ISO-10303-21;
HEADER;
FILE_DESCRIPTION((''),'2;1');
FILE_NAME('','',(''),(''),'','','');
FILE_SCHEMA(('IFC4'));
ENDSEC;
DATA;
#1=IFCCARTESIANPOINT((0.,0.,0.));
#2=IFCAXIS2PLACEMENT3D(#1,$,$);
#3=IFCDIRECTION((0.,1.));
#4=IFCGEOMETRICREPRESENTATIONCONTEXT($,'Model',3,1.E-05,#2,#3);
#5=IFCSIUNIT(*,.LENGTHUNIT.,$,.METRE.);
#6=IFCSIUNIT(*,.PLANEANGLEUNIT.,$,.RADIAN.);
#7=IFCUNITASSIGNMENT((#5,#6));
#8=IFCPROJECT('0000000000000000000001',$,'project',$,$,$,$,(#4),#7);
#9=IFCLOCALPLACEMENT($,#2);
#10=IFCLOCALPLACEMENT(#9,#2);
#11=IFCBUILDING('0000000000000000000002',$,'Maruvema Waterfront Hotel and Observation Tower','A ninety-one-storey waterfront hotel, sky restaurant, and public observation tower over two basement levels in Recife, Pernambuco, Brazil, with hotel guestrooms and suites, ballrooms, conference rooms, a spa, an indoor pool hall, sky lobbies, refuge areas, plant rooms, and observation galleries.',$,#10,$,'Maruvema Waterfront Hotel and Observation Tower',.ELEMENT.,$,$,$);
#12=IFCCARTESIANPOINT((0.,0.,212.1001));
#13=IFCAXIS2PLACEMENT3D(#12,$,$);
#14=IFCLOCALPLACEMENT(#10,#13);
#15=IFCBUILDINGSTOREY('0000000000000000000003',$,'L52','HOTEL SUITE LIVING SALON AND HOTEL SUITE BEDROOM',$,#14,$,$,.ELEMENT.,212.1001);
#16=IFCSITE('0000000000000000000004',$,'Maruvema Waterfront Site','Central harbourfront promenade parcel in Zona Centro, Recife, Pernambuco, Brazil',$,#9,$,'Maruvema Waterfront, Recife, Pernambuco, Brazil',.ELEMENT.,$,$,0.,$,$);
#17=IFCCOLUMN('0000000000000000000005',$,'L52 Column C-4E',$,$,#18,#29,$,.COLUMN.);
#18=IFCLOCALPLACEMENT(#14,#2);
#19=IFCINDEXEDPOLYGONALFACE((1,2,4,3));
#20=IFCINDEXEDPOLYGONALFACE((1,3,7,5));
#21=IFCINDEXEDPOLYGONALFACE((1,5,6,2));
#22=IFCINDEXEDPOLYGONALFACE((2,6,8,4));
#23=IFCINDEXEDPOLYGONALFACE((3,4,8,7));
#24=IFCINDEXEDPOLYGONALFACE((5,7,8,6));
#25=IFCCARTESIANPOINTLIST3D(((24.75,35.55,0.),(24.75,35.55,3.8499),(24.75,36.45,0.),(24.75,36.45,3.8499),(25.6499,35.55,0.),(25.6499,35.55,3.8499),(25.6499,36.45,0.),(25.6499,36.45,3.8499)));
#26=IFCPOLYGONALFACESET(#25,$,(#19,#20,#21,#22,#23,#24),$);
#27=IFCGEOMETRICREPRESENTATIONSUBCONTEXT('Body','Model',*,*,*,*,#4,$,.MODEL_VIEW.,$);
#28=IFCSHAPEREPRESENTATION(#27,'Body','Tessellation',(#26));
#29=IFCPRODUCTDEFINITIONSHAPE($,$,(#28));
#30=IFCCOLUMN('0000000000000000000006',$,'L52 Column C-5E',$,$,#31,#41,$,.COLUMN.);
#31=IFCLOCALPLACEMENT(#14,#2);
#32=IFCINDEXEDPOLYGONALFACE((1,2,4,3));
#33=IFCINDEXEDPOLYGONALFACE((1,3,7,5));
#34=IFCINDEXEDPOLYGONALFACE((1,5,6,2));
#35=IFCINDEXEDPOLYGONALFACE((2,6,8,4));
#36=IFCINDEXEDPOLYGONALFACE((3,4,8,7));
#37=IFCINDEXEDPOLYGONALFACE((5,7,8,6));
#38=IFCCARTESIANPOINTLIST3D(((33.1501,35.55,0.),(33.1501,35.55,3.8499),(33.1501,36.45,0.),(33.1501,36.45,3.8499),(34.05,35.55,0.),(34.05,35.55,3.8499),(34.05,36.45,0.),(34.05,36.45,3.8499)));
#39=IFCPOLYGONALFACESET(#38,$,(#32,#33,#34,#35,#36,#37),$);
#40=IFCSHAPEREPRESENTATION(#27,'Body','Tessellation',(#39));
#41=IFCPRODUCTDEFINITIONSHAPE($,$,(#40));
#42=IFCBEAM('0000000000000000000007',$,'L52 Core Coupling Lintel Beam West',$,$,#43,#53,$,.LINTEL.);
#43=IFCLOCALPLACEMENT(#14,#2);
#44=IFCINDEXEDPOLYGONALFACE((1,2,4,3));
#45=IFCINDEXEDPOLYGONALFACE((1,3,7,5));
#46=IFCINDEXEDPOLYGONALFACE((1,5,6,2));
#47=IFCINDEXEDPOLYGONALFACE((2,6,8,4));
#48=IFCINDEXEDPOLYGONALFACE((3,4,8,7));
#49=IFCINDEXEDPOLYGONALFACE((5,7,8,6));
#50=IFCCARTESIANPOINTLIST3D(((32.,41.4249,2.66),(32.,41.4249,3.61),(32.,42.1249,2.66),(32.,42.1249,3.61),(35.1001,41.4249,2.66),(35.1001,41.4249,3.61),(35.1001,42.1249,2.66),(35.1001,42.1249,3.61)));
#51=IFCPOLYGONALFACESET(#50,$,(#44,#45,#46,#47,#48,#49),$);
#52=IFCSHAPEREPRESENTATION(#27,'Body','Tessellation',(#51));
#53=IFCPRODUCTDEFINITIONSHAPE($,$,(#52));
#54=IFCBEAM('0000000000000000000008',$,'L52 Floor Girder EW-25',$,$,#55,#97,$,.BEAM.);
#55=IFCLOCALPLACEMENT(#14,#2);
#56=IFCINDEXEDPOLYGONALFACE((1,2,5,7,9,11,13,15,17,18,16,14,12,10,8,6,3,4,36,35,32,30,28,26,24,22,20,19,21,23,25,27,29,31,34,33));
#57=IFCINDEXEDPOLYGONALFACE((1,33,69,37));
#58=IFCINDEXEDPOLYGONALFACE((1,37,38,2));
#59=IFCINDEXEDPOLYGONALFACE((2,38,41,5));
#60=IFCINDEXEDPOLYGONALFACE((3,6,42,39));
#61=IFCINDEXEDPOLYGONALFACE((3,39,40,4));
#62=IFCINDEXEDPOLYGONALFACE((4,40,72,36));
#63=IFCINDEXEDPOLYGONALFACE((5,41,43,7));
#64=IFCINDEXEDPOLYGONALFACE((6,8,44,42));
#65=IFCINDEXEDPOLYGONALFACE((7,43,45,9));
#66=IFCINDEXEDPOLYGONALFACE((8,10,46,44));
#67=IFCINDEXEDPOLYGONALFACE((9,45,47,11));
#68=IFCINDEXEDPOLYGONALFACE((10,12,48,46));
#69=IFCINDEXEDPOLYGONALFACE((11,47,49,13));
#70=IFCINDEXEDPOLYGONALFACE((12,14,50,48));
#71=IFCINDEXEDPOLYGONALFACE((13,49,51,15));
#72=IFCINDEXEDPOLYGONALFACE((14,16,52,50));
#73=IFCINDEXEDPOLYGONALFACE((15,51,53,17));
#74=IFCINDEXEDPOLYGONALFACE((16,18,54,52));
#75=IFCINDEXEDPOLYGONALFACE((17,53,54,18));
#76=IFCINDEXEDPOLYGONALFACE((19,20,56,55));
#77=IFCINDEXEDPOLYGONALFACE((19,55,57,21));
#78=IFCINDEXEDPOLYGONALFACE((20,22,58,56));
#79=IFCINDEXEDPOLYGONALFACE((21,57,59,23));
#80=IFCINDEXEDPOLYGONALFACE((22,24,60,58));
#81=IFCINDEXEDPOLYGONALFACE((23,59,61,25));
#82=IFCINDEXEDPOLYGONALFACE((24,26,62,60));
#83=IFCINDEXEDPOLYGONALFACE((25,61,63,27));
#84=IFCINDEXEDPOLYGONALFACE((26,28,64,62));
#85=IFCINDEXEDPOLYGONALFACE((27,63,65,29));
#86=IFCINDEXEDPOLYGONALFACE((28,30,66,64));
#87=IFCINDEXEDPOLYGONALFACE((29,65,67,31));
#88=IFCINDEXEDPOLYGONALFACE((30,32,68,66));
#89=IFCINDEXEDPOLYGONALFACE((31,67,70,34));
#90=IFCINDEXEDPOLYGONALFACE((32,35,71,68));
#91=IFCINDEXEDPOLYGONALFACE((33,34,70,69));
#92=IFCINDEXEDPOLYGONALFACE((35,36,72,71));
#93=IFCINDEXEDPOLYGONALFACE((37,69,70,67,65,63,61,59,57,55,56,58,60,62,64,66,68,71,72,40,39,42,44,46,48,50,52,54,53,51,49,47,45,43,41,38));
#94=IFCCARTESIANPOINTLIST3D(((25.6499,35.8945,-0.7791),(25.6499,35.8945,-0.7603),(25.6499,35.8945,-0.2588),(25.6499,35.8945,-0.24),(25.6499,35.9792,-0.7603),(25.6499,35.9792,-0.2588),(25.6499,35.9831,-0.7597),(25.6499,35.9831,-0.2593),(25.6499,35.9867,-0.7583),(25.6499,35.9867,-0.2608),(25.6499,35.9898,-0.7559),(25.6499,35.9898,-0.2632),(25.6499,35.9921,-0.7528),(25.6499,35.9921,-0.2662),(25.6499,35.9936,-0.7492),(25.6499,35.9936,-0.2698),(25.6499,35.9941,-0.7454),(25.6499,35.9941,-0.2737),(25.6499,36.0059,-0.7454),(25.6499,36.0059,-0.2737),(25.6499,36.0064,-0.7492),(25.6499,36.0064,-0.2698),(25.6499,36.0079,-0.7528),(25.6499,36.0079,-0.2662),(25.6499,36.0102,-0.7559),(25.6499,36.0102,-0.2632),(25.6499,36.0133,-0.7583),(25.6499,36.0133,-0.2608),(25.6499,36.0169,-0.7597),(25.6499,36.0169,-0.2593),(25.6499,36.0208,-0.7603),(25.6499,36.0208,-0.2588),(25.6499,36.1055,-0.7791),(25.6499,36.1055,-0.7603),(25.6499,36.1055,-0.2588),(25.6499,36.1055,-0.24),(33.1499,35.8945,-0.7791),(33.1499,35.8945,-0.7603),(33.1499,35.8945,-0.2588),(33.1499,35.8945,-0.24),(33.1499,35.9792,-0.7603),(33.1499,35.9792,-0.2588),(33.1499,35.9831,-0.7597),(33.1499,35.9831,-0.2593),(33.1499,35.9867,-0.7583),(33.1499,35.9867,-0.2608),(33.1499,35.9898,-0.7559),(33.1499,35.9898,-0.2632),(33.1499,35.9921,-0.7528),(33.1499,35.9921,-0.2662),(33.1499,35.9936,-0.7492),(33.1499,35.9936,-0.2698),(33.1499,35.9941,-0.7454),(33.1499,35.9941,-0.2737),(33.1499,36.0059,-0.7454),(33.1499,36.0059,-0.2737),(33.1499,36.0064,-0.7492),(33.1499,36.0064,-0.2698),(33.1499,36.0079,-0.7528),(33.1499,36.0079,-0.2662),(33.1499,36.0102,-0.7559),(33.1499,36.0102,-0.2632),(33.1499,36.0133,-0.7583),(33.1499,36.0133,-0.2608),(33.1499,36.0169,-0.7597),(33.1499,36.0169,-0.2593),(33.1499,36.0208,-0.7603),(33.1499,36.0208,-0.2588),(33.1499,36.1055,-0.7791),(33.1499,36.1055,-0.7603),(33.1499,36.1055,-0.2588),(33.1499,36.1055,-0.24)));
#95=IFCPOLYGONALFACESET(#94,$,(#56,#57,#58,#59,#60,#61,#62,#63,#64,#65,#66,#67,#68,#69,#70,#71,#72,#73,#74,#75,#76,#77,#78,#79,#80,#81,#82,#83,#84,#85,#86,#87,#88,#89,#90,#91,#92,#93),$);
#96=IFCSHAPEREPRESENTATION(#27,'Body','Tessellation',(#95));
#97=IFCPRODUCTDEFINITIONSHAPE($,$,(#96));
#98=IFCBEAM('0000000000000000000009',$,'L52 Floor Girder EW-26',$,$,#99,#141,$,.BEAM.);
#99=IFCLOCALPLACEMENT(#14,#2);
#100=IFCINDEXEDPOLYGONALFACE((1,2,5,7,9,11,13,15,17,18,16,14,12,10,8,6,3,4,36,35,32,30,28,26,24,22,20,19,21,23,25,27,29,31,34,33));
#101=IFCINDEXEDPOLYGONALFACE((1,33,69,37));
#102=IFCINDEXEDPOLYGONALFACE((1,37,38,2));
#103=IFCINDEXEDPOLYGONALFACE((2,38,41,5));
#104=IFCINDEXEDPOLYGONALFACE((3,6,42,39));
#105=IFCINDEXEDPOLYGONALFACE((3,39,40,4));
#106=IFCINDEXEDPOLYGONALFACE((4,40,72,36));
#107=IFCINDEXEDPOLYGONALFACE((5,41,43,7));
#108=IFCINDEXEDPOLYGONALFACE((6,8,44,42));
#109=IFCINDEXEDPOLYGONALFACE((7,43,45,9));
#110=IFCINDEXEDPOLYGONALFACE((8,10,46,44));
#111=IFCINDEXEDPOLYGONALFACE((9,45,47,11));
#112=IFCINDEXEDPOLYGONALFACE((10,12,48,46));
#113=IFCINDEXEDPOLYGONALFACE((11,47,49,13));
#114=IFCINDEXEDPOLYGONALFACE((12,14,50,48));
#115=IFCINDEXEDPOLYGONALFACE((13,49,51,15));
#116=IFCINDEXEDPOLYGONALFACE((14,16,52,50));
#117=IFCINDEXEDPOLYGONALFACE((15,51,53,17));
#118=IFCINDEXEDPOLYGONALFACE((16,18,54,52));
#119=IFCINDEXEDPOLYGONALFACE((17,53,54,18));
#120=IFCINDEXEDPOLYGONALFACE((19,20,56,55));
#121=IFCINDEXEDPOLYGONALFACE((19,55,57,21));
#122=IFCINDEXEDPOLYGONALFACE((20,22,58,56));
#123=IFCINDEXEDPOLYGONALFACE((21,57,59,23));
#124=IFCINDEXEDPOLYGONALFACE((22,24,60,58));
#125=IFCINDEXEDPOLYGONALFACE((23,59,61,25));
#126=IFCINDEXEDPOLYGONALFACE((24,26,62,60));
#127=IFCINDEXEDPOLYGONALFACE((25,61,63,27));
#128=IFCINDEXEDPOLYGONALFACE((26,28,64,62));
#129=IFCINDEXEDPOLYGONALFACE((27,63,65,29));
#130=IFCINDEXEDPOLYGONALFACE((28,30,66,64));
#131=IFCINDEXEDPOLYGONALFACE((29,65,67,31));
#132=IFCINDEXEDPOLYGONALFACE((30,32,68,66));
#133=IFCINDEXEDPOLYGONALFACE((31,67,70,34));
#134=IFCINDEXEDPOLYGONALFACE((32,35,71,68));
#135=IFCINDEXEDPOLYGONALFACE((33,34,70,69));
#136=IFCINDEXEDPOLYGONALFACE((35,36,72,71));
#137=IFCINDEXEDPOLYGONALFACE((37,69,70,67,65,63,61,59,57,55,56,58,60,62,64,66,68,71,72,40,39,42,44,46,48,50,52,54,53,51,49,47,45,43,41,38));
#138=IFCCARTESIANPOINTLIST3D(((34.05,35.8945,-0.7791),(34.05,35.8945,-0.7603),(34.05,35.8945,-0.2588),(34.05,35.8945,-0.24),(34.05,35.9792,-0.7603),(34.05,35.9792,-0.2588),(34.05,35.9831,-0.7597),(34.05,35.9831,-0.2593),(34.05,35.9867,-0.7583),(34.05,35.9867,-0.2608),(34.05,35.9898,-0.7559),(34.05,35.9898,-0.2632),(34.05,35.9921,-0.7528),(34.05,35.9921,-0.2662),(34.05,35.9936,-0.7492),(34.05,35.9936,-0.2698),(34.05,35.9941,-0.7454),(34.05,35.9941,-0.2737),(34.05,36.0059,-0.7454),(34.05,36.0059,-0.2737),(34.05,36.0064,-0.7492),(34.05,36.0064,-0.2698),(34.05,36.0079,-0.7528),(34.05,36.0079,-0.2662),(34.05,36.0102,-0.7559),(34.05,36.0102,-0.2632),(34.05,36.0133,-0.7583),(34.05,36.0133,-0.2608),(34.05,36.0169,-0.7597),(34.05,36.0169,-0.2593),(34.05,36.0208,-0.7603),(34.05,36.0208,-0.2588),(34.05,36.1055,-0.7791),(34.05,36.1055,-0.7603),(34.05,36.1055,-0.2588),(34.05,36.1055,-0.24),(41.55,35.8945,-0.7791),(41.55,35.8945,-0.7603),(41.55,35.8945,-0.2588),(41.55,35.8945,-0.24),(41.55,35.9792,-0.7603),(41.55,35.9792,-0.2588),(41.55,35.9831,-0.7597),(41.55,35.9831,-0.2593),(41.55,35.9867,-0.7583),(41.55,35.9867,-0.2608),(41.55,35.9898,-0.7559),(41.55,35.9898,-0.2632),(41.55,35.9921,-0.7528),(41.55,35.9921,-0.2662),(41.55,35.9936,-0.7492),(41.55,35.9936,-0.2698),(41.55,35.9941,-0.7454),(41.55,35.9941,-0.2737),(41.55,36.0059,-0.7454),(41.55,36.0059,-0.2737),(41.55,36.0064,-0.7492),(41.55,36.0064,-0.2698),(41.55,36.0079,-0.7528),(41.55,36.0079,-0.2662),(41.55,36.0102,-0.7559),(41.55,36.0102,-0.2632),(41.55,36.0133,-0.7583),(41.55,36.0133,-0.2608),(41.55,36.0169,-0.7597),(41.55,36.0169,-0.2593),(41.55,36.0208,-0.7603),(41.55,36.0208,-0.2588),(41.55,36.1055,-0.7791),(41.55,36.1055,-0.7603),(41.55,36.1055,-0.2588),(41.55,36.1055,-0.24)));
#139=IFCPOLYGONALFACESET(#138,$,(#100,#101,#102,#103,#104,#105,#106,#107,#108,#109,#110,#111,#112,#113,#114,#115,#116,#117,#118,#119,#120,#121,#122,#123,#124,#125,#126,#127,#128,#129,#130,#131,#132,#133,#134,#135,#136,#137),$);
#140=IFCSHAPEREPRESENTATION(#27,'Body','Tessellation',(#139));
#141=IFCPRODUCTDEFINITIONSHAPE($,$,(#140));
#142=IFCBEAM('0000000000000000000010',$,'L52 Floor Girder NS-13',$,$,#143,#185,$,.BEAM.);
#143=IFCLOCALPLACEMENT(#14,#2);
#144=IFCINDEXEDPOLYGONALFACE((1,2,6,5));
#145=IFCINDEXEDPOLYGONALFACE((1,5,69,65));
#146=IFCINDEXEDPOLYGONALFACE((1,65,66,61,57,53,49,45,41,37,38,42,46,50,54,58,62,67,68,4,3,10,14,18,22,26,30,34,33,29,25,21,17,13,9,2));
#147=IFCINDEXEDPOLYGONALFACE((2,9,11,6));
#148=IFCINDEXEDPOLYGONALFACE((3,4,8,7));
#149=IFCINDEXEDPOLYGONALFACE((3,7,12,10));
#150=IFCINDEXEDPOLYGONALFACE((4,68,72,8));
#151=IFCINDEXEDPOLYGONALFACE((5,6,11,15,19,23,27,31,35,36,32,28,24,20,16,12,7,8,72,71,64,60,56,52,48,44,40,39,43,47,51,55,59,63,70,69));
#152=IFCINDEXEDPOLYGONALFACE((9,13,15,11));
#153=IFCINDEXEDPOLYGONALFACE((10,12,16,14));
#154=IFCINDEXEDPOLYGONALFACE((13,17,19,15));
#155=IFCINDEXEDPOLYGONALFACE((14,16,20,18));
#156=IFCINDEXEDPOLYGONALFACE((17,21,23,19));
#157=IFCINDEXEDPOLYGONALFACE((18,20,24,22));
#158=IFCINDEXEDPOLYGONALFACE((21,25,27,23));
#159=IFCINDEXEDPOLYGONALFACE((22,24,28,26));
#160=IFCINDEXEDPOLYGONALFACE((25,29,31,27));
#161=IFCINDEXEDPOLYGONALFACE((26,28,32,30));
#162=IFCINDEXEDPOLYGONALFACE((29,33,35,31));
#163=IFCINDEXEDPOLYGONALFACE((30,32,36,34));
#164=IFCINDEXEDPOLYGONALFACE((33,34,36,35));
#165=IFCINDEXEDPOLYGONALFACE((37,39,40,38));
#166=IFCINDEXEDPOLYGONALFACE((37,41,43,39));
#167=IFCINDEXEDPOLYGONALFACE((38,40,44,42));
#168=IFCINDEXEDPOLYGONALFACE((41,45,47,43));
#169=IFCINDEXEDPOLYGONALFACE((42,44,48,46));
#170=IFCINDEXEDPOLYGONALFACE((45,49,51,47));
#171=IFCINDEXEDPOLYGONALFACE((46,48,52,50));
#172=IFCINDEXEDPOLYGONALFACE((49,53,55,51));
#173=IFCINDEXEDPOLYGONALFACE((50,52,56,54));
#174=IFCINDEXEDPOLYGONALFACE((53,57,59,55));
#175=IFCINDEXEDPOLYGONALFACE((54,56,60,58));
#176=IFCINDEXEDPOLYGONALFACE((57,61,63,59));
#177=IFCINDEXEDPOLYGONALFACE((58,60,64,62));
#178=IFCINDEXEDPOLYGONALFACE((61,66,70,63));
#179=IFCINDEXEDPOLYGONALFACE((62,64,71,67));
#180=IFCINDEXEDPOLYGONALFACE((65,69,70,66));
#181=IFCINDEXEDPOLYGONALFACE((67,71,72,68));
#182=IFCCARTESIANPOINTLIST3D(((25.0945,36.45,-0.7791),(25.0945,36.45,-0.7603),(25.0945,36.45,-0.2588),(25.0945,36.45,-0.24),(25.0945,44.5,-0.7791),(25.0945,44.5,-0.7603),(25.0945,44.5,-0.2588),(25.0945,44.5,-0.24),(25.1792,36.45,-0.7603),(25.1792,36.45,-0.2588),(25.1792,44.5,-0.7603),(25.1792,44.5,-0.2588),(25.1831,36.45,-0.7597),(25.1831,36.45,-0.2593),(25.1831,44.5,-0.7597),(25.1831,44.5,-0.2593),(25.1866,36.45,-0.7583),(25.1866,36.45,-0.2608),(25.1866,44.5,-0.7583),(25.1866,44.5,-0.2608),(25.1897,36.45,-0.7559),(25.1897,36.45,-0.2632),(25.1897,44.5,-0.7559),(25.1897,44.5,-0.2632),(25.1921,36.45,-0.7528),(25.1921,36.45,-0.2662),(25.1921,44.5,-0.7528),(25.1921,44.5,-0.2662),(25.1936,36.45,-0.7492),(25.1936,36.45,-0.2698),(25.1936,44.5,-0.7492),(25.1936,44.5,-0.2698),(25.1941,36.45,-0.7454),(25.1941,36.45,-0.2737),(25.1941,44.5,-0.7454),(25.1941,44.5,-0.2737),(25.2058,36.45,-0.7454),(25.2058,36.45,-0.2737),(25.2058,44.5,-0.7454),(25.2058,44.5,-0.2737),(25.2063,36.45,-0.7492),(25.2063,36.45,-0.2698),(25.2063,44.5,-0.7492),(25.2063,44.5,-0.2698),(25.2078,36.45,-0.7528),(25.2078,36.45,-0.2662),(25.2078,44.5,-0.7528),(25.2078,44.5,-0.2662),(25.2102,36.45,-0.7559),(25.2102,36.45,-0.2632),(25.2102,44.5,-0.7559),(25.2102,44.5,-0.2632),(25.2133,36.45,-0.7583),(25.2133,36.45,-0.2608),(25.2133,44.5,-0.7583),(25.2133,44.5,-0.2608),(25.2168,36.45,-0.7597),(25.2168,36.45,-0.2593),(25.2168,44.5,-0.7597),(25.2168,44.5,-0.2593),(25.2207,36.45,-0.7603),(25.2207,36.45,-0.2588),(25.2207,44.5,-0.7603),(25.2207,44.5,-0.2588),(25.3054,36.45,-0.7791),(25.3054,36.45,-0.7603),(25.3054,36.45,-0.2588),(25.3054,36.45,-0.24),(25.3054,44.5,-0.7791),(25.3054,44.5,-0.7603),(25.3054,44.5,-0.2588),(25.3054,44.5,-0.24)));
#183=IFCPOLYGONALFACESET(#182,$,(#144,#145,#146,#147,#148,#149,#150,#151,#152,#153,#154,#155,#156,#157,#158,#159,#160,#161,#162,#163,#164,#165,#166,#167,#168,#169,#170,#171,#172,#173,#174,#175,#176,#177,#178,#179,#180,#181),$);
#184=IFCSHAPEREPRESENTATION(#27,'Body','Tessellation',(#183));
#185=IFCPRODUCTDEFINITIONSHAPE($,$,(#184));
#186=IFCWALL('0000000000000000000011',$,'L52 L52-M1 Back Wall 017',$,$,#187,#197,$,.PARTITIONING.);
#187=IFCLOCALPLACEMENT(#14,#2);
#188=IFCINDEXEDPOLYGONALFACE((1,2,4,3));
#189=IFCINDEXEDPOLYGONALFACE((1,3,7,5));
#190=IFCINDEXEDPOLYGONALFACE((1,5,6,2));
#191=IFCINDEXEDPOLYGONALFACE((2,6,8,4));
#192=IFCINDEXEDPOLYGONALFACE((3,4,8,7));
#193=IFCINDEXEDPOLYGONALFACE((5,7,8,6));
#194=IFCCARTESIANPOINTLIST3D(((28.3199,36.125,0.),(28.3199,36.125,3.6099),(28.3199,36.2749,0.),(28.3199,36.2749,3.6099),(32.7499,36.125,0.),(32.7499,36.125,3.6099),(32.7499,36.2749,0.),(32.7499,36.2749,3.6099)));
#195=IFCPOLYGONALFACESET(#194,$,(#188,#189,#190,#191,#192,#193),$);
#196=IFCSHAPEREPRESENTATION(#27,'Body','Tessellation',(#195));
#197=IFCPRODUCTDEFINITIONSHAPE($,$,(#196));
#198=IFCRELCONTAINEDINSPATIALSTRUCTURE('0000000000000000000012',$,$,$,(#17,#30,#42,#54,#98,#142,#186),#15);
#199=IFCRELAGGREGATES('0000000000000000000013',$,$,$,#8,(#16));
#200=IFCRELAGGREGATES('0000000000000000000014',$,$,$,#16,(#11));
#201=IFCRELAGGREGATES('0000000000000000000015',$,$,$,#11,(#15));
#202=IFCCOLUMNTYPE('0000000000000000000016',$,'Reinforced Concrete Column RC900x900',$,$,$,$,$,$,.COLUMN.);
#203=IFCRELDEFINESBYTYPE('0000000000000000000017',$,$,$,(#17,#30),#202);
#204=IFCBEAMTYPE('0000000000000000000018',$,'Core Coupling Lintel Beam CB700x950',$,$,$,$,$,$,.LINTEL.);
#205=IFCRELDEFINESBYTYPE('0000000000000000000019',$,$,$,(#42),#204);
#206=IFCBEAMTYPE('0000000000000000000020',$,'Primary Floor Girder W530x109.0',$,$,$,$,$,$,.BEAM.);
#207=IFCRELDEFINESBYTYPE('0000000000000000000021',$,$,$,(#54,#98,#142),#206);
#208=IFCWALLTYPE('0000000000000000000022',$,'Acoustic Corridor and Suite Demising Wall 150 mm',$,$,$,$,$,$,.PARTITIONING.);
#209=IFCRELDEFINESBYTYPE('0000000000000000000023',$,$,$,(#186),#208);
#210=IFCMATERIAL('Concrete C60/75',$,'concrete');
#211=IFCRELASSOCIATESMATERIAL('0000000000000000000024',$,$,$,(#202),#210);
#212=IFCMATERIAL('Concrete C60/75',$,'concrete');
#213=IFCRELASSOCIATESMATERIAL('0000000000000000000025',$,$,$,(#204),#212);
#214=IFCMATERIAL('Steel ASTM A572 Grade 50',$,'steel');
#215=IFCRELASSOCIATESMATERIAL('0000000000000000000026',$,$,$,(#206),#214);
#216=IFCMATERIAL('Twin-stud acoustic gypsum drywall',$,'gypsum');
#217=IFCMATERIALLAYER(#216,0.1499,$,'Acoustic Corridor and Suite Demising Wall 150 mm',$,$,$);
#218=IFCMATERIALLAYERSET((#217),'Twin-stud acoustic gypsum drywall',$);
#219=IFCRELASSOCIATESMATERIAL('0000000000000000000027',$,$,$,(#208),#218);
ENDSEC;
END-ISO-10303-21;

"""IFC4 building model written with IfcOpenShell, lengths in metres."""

from ifc_helpers import new_model, si_unit, direction, frame, frame_2d, origin, origin_2d, place, context, subcontext, project, spatial, rectangle, i_section, extrude, material, layer, layer_set, material_profile, profile_set, type_object, element, save


model = new_model("IFC4")

# Units and contexts
model_context = context("Model", 3, precision=1e-05, world=origin(), true_north=direction((0.0, 1.0)))
body_context = subcontext(model_context, "Body", "Model", "MODEL_VIEW")
ifc_project = project(units=[si_unit("LENGTHUNIT", "METRE"), si_unit("PLANEANGLEUNIT", "RADIAN")], contexts=[model_context])

# Site, building, storey
site_placement = place(None, origin())
site = spatial("IfcSite", under=ifc_project, at=site_placement, Name="Maruvema Waterfront Site", Description="Central harbourfront promenade parcel in Zona Centro, Recife, Pernambuco, Brazil", LongName="Maruvema Waterfront, Recife, Pernambuco, Brazil", CompositionType="ELEMENT", RefElevation=0.0)
building_placement = place(site_placement, origin())
building = spatial("IfcBuilding", under=site, at=building_placement, Name="Maruvema Waterfront Hotel and Observation Tower", Description="A ninety-one-storey waterfront hotel, sky restaurant, and public observation tower over two basement levels in Recife, Pernambuco, Brazil, with hotel guestrooms and suites, ballrooms, conference rooms, a spa, an indoor pool hall, sky lobbies, refuge areas, plant rooms, and observation galleries.", LongName="Maruvema Waterfront Hotel and Observation Tower", CompositionType="ELEMENT")
storey_placement = place(building_placement, frame((0.0, 0.0, 212.1001)))
storey = spatial("IfcBuildingStorey", under=building, at=storey_placement, Name="L52", Description="HOTEL SUITE LIVING SALON AND HOTEL SUITE BEDROOM", CompositionType="ELEMENT", Elevation=212.1001)

# Columns
ifc_material_1 = material(Name="Concrete C60/75", Category="concrete")
ifc_material_profile_1 = material_profile(ifc_material_1, rectangle(XDim=0.8999, YDim=0.8999, at=origin_2d()), Name="RC900x900")
ifc_profile_set_1 = profile_set([ifc_material_profile_1], Name="Concrete C60/75")
column_type = type_object("IfcColumnType", Name="Reinforced Concrete Column RC900x900", PredefinedType="COLUMN", material=ifc_profile_set_1)
for number, where, z_axis, x_axis, name in (
    (1, (25.2, 36.0, 0.0), (0.0, 0.0, 1.0), (1.0, 0.0, 0.0), "L52 Column C-4E"),
    (2, (33.6001, 36.0, 0.0), (0.0, 0.0, 1.0), (1.0, 0.0, 0.0), "L52 Column C-5E"),
):
    element("IfcColumn", number, at=place(storey_placement, frame(where, z_axis=z_axis, x_axis=x_axis)), inside=storey, type_object=column_type, Name=name, PredefinedType="COLUMN", context=body_context, shape_type="SweptSolid", body=[
        extrude(rectangle(XDim=0.8999, YDim=0.8999, at=origin_2d()), origin(), (0.0, 0.0, 1.0), 3.8499),
    ])

# Beams
ifc_material_2 = material(Name="Concrete C60/75", Category="concrete")
ifc_material_profile_2 = material_profile(ifc_material_2, rectangle(XDim=0.7, YDim=0.95, at=origin_2d()), Name="CB700x950")
ifc_profile_set_2 = profile_set([ifc_material_profile_2], Name="Concrete C60/75")
beam_type_1 = type_object("IfcBeamType", Name="Core Coupling Lintel Beam CB700x950", PredefinedType="LINTEL", material=ifc_profile_set_2)
beam_1_placement = place(storey_placement, frame((32.0, 41.7749, 3.135), z_axis=(1.0, 0.0, 0.0), x_axis=(0.0, 1.0, 0.0)))
element("IfcBeam", 3, at=beam_1_placement, inside=storey, type_object=beam_type_1, Name="L52 Core Coupling Lintel Beam West", PredefinedType="LINTEL", context=body_context, shape_type="SweptSolid", body=[
    extrude(rectangle(XDim=0.7, YDim=0.95, at=origin_2d()), origin(), (0.0, 0.0, 1.0), 3.1001),
])
ifc_material_3 = material(Name="Steel ASTM A572 Grade 50", Category="steel")
ifc_material_profile_3 = material_profile(ifc_material_3, i_section(OverallWidth=0.2109, OverallDepth=0.5391, WebThickness=0.0117, FlangeThickness=0.0188, FilletRadius=0.0149, at=origin_2d()), Name="W530x109.0")
ifc_profile_set_3 = profile_set([ifc_material_profile_3], Name="Steel ASTM A572 Grade 50")
beam_type_2 = type_object("IfcBeamType", Name="Primary Floor Girder W530x109.0", PredefinedType="BEAM", material=ifc_profile_set_3)
for number, where, z_axis, x_axis, name in (
    (4, (25.6499, 36.0, -0.5095), (1.0, 0.0, 0.0), (0.0, 1.0, 0.0), "L52 Floor Girder EW-25"),
    (5, (34.05, 36.0, -0.5095), (1.0, 0.0, 0.0), (0.0, 1.0, 0.0), "L52 Floor Girder EW-26"),
):
    element("IfcBeam", number, at=place(storey_placement, frame(where, z_axis=z_axis, x_axis=x_axis)), inside=storey, type_object=beam_type_2, Name=name, PredefinedType="BEAM", context=body_context, shape_type="SweptSolid", body=[
        extrude(i_section(OverallWidth=0.2109, OverallDepth=0.5391, WebThickness=0.0117, FlangeThickness=0.0188, FilletRadius=0.0149, at=origin_2d()), origin(), (0.0, 0.0, 1.0), 7.5),
    ])
beam_2_placement = place(storey_placement, frame((25.2, 36.45, -0.5095), z_axis=(0.0, 1.0, 0.0), x_axis=(-1.0, 0.0, 0.0)))
element("IfcBeam", 6, at=beam_2_placement, inside=storey, type_object=beam_type_2, Name="L52 Floor Girder NS-13", PredefinedType="BEAM", context=body_context, shape_type="SweptSolid", body=[
    extrude(i_section(OverallWidth=0.2109, OverallDepth=0.5391, WebThickness=0.0117, FlangeThickness=0.0188, FilletRadius=0.0149, at=origin_2d()), origin(), (0.0, 0.0, 1.0), 8.05),
])

# Wall
ifc_material_4 = material(Name="Twin-stud acoustic gypsum drywall", Category="gypsum")
ifc_layer_1 = layer(ifc_material_4, 0.1499, Name="Acoustic Corridor and Suite Demising Wall 150 mm")
ifc_layer_set_1 = layer_set([ifc_layer_1], Name="Twin-stud acoustic gypsum drywall")
wall_type_1 = type_object("IfcWallType", Name="Acoustic Corridor and Suite Demising Wall 150 mm", PredefinedType="PARTITIONING", material=ifc_layer_set_1)
wall_1_placement = place(storey_placement, frame((28.3201, 36.2, 0.0), z_axis=(0.0, 0.0, 1.0), x_axis=(1.0, 0.0, 0.0)))
element("IfcWall", 7, at=wall_1_placement, inside=storey, type_object=wall_type_1, Name="L52 L52-M1 Back Wall 017", PredefinedType="PARTITIONING", context=body_context, shape_type="SweptSolid", body=[
    extrude(rectangle(XDim=4.4299, YDim=0.1499, at=frame_2d((2.2148, 0.0))), origin(), (0.0, 0.0, 1.0), 3.6099),
])

save(model, "model.ifc")
